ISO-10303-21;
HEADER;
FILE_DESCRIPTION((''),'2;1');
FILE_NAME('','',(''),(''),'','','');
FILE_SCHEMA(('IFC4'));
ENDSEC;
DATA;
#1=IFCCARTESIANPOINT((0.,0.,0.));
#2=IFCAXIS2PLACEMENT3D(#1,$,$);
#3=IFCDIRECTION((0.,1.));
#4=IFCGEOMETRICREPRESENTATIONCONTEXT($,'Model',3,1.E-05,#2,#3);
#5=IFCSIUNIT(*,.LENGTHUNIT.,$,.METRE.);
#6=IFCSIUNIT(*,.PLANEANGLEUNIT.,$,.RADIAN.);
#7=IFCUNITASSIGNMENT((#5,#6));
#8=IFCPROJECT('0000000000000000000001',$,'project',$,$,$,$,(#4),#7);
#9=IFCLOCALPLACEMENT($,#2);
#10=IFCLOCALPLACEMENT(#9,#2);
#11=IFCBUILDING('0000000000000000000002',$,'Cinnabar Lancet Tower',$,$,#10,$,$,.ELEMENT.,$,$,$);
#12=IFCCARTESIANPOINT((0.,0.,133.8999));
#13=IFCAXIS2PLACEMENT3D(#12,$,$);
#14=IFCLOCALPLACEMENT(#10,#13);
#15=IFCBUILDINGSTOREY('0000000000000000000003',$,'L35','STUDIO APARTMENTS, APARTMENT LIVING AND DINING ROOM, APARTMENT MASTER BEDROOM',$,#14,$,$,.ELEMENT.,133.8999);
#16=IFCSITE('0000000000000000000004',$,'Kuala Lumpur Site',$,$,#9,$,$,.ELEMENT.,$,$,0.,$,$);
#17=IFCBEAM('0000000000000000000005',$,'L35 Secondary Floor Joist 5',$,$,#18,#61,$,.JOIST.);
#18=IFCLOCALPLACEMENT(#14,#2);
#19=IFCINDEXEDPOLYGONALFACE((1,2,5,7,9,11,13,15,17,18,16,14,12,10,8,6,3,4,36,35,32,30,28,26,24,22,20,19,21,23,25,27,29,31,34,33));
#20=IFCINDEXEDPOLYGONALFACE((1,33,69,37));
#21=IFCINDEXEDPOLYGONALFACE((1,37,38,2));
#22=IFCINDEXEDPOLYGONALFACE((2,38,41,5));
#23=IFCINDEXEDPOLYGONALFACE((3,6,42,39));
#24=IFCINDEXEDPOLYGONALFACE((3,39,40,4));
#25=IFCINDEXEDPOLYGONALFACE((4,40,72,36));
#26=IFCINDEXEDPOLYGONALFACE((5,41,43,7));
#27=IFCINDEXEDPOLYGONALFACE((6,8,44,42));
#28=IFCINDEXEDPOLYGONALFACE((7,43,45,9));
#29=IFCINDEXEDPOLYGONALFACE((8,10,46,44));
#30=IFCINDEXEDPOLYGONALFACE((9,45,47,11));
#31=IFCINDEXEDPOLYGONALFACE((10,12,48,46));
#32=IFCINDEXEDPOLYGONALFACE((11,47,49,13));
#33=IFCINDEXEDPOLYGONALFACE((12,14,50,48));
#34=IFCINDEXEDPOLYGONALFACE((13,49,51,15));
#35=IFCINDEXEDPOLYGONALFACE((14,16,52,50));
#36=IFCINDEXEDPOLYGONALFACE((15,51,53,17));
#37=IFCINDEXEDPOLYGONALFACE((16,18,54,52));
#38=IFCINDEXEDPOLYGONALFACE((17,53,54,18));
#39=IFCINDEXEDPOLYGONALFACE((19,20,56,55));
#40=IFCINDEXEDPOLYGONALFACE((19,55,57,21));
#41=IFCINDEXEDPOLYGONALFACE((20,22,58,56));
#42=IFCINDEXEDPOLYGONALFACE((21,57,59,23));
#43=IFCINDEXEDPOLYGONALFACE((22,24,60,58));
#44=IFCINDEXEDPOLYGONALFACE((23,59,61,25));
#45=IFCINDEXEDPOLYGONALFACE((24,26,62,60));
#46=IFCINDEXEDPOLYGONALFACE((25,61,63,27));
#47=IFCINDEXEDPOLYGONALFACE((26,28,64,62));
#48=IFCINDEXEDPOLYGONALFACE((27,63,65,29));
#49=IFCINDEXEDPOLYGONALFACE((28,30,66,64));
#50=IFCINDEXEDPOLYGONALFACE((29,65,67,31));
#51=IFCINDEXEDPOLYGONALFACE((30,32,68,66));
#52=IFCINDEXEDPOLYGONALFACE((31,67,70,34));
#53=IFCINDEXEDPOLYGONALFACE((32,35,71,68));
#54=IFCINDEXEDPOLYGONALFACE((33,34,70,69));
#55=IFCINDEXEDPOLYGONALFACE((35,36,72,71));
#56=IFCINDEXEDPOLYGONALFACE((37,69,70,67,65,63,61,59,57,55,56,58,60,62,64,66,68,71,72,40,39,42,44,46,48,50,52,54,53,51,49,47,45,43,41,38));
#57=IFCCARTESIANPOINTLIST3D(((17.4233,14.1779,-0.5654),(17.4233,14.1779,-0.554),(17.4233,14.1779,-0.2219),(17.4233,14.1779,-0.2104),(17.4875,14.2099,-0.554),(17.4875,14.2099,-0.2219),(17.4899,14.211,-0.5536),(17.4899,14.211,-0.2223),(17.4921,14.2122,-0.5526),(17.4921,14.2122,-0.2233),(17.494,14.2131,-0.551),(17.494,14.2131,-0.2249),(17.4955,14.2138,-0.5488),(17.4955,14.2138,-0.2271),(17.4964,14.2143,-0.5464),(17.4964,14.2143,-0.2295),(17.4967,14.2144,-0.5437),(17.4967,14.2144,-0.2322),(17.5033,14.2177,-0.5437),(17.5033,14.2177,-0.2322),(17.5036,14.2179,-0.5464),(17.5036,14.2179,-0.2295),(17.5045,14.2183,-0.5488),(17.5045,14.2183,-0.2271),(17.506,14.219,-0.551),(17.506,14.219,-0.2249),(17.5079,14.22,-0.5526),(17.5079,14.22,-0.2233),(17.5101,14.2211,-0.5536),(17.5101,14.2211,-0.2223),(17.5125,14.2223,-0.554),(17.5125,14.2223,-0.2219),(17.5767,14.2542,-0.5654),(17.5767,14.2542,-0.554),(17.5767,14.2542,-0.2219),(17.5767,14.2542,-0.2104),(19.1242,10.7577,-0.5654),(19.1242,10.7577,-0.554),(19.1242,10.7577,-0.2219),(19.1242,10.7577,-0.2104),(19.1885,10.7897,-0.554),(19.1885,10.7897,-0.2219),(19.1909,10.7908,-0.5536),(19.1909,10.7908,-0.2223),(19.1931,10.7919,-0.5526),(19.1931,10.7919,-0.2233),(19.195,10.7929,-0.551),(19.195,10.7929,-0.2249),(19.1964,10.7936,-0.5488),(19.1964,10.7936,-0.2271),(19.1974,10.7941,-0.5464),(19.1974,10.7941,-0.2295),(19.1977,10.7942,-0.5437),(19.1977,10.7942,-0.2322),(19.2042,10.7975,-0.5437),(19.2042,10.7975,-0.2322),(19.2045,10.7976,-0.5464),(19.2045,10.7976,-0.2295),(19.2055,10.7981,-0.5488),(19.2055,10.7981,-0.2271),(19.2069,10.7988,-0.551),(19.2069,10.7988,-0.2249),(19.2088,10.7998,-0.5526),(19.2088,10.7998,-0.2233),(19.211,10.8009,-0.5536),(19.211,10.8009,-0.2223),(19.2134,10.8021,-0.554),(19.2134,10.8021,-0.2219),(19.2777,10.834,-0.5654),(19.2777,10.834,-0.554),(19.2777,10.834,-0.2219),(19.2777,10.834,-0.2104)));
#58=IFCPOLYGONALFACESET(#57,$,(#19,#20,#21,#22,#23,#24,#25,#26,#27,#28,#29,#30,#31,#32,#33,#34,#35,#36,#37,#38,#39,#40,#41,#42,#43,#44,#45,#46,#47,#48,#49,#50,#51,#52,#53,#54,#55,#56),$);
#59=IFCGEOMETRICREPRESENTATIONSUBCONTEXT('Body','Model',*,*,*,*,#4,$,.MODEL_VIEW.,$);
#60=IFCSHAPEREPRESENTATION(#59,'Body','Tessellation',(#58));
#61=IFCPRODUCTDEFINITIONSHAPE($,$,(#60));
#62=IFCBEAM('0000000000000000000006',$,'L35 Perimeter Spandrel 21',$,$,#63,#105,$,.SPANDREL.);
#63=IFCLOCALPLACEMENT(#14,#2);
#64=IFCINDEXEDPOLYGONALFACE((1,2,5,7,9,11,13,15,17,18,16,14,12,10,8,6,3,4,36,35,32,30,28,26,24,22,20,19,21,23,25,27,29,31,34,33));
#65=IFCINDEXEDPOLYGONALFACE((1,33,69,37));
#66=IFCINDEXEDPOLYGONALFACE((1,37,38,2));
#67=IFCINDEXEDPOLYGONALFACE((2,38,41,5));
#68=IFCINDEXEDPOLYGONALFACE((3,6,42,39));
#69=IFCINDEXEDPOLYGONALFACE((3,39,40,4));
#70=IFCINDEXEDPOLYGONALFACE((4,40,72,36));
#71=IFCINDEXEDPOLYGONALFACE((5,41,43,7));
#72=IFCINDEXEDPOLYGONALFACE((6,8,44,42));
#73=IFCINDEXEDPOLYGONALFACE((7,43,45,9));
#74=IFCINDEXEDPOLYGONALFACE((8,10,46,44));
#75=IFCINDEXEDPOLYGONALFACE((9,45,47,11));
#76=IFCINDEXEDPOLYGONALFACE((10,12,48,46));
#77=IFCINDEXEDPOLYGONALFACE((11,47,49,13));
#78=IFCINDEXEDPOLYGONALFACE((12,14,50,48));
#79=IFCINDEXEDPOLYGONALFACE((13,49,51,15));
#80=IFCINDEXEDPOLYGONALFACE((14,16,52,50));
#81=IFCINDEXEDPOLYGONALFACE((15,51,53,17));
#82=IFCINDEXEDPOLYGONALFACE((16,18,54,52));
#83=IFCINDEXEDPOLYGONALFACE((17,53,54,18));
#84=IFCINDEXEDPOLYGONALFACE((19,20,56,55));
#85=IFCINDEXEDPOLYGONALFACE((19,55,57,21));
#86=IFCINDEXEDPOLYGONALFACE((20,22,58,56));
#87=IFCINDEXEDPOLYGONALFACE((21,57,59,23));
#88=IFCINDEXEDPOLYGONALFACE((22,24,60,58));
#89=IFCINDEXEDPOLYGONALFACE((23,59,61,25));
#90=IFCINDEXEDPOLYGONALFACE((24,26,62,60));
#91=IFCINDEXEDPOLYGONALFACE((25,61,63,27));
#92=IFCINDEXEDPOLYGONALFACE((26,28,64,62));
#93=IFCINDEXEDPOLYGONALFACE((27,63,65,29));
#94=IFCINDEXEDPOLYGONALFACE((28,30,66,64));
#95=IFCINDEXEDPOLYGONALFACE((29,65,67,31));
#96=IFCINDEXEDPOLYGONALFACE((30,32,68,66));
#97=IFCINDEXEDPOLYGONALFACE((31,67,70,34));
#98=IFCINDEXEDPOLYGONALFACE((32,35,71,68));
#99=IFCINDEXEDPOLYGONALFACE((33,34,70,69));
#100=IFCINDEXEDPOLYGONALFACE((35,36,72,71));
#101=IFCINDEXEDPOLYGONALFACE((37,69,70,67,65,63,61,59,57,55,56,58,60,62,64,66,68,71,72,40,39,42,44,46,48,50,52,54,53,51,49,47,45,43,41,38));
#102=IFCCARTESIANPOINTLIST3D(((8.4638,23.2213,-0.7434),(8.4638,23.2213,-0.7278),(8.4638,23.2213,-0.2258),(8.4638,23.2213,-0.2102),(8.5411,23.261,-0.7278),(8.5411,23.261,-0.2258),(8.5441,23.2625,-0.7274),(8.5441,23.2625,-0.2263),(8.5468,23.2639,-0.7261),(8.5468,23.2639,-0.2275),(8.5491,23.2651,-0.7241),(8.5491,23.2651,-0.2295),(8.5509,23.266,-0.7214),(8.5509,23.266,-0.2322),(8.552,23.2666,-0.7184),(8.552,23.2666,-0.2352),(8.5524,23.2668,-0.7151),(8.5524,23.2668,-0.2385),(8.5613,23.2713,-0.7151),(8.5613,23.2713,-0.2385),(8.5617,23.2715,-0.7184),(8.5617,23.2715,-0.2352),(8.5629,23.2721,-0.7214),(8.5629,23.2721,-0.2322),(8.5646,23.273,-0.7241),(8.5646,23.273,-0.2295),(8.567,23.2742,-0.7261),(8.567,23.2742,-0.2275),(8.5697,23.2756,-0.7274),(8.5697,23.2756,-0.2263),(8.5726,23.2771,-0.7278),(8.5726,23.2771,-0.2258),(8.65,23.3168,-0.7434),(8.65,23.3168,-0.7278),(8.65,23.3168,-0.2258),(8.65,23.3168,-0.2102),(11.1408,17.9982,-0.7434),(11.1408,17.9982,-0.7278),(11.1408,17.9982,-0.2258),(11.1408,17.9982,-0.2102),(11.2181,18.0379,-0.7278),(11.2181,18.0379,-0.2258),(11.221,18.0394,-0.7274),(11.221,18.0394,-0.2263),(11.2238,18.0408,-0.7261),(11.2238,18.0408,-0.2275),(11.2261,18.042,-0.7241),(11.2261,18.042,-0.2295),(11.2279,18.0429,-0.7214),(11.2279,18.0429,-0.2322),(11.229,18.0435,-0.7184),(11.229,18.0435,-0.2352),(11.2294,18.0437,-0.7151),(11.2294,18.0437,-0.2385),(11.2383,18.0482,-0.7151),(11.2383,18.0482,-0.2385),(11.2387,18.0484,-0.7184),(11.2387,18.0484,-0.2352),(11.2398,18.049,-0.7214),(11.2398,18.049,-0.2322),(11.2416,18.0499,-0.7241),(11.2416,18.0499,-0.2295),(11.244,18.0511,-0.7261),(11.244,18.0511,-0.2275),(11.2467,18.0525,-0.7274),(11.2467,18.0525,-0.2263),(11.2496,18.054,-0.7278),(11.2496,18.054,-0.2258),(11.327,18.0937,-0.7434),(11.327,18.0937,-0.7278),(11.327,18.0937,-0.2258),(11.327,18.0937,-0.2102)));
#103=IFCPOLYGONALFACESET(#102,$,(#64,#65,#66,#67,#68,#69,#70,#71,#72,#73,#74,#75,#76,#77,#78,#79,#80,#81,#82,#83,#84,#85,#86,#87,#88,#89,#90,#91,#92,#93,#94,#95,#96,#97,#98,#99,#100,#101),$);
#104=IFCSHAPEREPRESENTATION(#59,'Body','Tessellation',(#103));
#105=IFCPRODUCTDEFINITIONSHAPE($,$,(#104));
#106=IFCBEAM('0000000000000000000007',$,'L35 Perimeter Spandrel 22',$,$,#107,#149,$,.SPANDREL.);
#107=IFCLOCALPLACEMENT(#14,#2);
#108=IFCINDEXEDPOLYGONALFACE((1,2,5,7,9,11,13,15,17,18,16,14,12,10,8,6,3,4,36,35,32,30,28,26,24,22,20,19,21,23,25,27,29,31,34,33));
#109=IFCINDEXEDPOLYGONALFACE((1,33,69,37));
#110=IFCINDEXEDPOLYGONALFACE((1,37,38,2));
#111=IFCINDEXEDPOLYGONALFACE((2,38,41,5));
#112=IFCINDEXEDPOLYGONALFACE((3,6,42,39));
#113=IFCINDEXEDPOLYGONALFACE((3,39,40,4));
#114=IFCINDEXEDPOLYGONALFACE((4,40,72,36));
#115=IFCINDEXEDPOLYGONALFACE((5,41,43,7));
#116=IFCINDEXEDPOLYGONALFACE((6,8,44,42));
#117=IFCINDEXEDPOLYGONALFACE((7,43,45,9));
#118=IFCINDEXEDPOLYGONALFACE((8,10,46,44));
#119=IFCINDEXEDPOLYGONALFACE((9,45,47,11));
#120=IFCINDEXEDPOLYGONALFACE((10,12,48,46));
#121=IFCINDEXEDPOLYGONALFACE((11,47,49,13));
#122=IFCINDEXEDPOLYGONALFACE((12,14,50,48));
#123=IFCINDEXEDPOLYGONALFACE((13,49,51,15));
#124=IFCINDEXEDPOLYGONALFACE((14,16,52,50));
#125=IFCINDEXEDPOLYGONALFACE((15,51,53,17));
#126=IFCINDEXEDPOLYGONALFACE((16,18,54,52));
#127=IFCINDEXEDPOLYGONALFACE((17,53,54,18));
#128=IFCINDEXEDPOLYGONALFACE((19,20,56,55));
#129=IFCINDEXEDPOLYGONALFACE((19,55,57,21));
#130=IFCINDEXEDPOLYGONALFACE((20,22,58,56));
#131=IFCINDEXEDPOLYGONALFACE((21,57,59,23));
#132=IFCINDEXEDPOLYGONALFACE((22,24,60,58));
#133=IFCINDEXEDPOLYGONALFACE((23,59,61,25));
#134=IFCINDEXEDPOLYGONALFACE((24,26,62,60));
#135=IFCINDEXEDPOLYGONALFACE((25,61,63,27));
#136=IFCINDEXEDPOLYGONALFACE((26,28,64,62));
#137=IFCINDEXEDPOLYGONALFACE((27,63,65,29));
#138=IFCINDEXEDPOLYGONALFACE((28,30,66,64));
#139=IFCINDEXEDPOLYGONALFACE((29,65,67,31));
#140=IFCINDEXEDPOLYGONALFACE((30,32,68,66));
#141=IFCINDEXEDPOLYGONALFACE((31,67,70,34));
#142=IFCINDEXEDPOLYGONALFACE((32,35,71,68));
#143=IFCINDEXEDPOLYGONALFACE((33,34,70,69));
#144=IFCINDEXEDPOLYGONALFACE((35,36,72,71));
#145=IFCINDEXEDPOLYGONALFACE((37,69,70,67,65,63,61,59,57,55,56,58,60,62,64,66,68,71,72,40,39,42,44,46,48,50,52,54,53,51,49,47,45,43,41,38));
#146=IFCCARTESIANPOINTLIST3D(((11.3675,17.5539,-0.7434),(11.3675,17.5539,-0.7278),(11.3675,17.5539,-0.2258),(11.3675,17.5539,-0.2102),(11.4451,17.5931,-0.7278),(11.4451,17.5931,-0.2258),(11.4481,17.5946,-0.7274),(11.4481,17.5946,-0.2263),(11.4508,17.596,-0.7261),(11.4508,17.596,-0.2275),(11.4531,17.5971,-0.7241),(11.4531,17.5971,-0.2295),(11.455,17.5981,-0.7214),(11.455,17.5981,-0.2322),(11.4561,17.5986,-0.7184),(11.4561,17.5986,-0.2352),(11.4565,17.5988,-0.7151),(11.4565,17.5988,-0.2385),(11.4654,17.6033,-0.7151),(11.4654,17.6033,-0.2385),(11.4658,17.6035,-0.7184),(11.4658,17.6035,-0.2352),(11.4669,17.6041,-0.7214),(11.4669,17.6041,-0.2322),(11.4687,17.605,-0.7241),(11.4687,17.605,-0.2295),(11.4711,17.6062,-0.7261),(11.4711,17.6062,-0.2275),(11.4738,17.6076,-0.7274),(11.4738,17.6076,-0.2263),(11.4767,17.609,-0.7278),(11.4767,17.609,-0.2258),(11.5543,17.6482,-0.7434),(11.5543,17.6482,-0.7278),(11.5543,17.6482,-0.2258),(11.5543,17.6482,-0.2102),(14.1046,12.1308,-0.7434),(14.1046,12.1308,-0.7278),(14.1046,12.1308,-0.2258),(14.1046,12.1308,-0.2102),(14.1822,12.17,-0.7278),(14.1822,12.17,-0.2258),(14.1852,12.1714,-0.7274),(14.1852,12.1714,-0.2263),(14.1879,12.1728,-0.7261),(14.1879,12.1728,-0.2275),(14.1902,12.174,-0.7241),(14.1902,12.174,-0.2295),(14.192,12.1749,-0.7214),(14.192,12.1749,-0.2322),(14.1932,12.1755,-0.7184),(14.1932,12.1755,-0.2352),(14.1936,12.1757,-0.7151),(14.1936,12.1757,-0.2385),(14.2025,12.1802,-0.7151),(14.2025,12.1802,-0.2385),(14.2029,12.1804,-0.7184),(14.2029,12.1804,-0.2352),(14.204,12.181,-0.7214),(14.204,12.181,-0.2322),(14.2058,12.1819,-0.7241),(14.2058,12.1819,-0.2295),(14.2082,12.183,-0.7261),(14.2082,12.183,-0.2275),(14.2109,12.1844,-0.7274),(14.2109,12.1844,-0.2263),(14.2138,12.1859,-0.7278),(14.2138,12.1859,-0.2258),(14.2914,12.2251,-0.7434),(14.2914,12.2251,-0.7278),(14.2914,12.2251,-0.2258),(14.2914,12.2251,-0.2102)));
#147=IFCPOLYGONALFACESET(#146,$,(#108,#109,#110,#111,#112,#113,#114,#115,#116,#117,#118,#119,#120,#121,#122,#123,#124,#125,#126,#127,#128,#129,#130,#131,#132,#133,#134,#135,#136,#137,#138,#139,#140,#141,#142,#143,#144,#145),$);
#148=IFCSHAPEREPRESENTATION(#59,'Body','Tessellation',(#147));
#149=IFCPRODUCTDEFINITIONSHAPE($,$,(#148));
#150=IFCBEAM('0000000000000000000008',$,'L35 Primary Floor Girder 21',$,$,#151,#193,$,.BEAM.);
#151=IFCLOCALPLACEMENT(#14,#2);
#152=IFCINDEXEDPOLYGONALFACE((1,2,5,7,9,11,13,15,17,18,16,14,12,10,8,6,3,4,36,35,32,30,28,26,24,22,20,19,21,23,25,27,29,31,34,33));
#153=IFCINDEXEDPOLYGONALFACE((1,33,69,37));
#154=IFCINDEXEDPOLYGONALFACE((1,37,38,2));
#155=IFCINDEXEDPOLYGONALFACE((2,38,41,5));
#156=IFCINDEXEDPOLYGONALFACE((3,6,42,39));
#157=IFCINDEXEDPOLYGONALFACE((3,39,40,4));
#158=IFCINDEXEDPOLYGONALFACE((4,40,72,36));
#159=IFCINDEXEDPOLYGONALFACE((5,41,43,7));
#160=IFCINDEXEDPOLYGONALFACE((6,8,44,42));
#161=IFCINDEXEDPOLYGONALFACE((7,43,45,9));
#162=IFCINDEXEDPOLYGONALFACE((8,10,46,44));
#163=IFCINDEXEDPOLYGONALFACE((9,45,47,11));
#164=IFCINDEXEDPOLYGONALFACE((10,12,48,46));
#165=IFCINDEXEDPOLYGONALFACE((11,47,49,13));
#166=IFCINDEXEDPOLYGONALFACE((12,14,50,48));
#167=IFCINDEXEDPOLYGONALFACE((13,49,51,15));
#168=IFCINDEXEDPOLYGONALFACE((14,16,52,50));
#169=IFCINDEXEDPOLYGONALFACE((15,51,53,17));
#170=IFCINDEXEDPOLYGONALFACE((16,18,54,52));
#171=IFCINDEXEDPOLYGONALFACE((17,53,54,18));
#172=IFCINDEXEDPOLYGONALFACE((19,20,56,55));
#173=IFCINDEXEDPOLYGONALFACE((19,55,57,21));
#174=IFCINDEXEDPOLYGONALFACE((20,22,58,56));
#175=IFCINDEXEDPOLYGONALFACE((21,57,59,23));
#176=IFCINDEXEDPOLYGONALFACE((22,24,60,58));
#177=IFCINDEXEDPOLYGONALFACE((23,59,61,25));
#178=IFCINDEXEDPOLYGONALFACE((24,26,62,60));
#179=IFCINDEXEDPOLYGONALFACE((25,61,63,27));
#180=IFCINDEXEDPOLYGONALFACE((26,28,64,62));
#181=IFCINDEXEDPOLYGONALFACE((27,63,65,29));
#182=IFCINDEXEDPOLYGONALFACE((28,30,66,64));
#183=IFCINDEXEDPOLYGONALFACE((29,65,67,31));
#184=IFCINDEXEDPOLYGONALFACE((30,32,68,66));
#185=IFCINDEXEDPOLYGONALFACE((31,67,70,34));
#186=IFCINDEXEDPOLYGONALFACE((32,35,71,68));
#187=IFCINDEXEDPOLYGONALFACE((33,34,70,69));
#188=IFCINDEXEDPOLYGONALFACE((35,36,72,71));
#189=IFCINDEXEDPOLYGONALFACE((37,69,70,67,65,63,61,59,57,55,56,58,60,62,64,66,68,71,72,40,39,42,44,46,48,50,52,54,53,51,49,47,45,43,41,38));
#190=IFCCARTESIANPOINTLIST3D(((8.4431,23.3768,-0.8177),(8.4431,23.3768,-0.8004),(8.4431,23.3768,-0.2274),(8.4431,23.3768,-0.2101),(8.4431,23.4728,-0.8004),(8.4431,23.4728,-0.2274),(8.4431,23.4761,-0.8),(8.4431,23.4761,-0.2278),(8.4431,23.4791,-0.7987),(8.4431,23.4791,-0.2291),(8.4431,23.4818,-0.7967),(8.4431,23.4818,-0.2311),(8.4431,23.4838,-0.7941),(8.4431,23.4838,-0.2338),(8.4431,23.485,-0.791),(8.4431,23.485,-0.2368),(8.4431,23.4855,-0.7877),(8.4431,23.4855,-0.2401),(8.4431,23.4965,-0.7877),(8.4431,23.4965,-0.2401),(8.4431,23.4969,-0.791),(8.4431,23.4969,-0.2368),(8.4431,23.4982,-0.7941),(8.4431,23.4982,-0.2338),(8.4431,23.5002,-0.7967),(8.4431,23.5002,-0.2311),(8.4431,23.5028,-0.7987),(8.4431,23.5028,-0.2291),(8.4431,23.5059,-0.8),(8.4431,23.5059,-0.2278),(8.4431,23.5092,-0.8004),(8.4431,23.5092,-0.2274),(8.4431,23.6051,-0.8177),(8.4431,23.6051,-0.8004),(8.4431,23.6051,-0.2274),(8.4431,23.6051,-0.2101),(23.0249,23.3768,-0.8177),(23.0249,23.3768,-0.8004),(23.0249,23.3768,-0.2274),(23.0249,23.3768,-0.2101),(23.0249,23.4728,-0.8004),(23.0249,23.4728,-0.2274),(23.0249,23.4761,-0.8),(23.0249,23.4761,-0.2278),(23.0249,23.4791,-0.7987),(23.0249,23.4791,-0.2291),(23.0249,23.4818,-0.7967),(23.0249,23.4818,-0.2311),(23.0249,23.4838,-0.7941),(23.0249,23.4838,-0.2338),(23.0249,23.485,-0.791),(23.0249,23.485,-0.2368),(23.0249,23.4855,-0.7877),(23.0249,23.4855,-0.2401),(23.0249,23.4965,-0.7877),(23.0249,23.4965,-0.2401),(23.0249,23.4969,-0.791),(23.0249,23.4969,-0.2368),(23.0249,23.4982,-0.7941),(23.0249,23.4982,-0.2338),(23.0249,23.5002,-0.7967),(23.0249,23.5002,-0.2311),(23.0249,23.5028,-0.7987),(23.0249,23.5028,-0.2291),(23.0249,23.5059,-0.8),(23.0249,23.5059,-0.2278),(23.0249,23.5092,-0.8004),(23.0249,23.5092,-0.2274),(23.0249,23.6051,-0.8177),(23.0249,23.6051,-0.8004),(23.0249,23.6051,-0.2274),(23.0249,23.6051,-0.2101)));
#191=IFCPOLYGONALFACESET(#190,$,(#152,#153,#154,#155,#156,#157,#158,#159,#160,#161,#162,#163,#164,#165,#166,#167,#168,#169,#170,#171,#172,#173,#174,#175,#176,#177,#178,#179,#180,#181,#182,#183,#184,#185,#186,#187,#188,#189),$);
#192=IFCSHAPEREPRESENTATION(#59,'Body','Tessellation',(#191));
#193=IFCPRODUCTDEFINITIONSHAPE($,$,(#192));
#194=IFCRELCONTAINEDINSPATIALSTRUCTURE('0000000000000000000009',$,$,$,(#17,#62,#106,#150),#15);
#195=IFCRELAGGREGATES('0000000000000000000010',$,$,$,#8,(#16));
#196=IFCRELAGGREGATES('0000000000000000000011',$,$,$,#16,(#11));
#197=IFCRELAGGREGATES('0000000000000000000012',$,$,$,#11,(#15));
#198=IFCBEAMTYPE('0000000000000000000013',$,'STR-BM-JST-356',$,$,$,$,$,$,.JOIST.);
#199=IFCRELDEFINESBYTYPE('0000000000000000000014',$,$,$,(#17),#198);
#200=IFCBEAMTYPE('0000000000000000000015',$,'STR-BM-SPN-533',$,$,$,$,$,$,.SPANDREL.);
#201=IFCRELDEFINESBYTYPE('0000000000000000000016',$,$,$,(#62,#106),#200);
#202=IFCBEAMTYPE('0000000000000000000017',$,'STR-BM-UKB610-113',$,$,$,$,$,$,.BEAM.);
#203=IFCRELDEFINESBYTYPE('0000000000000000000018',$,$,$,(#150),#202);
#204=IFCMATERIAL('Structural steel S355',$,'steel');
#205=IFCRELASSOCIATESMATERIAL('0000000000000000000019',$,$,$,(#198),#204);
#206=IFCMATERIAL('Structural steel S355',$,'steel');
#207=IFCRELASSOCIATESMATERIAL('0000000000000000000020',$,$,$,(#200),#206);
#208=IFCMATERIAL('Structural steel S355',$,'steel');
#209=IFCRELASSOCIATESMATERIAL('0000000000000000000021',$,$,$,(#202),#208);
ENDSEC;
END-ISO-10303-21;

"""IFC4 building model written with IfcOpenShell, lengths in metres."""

from ifc_helpers import new_model, si_unit, direction, frame, origin, origin_2d, place, context, subcontext, project, spatial, i_section, extrude, material, material_profile, profile_set, type_object, element, save


model = new_model("IFC4")

# Units and contexts
model_context = context("Model", 3, precision=1e-05, world=origin(), true_north=direction((0.0, 1.0)))
body_context = subcontext(model_context, "Body", "Model", "MODEL_VIEW")
ifc_project = project(units=[si_unit("LENGTHUNIT", "METRE"), si_unit("PLANEANGLEUNIT", "RADIAN")], contexts=[model_context])

# Site, building, storey
site_placement = place(None, origin())
site = spatial("IfcSite", under=ifc_project, at=site_placement, Name="Kuala Lumpur Site", CompositionType="ELEMENT", RefElevation=0.0)
building_placement = place(site_placement, origin())
building = spatial("IfcBuilding", under=site, at=building_placement, Name="Cinnabar Lancet Tower", CompositionType="ELEMENT")
storey_placement = place(building_placement, frame((0.0, 0.0, 133.8999)))
storey = spatial("IfcBuildingStorey", under=building, at=storey_placement, Name="L35", Description="STUDIO APARTMENTS, APARTMENT LIVING AND DINING ROOM, APARTMENT MASTER BEDROOM", CompositionType="ELEMENT", Elevation=133.8999)

# Beams
ifc_material_1 = material(Name="Structural steel S355", Category="steel")
ifc_material_profile_1 = material_profile(ifc_material_1, i_section(OverallWidth=0.1714, OverallDepth=0.355, WebThickness=0.0073, FlangeThickness=0.0115, FilletRadius=0.0103, at=origin_2d()), Name="UKB 356x171x51")
ifc_profile_set_1 = profile_set([ifc_material_profile_1], Name="Structural steel S355")
beam_type_1 = type_object("IfcBeamType", Name="STR-BM-JST-356", PredefinedType="JOIST", material=ifc_profile_set_1)
beam_1_placement = place(storey_placement, frame((17.5, 14.2161, -0.3879), z_axis=(0.445295, -0.895384, 0.0), x_axis=(0.895384, 0.445295, 0.0)))
element("IfcBeam", 1, at=beam_1_placement, inside=storey, type_object=beam_type_1, Name="L35 Secondary Floor Joist 5", PredefinedType="JOIST", context=body_context, shape_type="SweptSolid", body=[
    extrude(i_section(OverallWidth=0.1714, OverallDepth=0.355, WebThickness=0.0073, FlangeThickness=0.0115, FilletRadius=0.0103, at=origin_2d()), origin(), (0.0, 0.0, 1.0), 3.8198),
])
ifc_material_2 = material(Name="Structural steel S355", Category="steel")
ifc_material_profile_2 = material_profile(ifc_material_2, i_section(OverallWidth=0.2092, OverallDepth=0.5332, WebThickness=0.01, FlangeThickness=0.0156, FilletRadius=0.0127, at=origin_2d()), Name="UKB 533x210x92")
ifc_profile_set_2 = profile_set([ifc_material_profile_2], Name="Structural steel S355")
beam_type_2 = type_object("IfcBeamType", Name="STR-BM-SPN-533", PredefinedType="SPANDREL", material=ifc_profile_set_2)
beam_2_placement = place(storey_placement, frame((8.5569, 23.269, -0.4768), z_axis=(0.45611, -0.889924, 0.0), x_axis=(0.889924, 0.45611, 0.0)))
element("IfcBeam", 2, at=beam_2_placement, inside=storey, type_object=beam_type_2, Name="L35 Perimeter Spandrel 21", PredefinedType="SPANDREL", context=body_context, shape_type="SweptSolid", body=[
    extrude(i_section(OverallWidth=0.2092, OverallDepth=0.5332, WebThickness=0.01, FlangeThickness=0.0156, FilletRadius=0.0127, at=origin_2d()), origin(), (0.0, 0.0, 1.0), 5.8691),
])
beam_3_placement = place(storey_placement, frame((11.4609, 17.6011, -0.4768), z_axis=(0.45057, -0.892741, 0.0), x_axis=(0.892741, 0.45057, 0.0)))
element("IfcBeam", 3, at=beam_3_placement, inside=storey, type_object=beam_type_2, Name="L35 Perimeter Spandrel 22", PredefinedType="SPANDREL", context=body_context, shape_type="SweptSolid", body=[
    extrude(i_section(OverallWidth=0.2092, OverallDepth=0.5332, WebThickness=0.01, FlangeThickness=0.0156, FilletRadius=0.0127, at=origin_2d()), origin(), (0.0, 0.0, 1.0), 6.0747),
])
ifc_material_3 = material(Name="Structural steel S355", Category="steel")
ifc_material_profile_3 = material_profile(ifc_material_3, i_section(OverallWidth=0.2283, OverallDepth=0.6077, WebThickness=0.011, FlangeThickness=0.0173, FilletRadius=0.0127, at=origin_2d()), Name="UKB 610x229x113")
ifc_profile_set_3 = profile_set([ifc_material_profile_3], Name="Structural steel S355")
beam_type_3 = type_object("IfcBeamType", Name="STR-BM-UKB610-113", PredefinedType="BEAM", material=ifc_profile_set_3)
beam_4_placement = place(storey_placement, frame((8.4431, 23.491, -0.5139), z_axis=(1.0, 0.0, 0.0), x_axis=(0.0, 1.0, 0.0)))
element("IfcBeam", 4, at=beam_4_placement, inside=storey, type_object=beam_type_3, Name="L35 Primary Floor Girder 21", PredefinedType="BEAM", context=body_context, shape_type="SweptSolid", body=[
    extrude(i_section(OverallWidth=0.2283, OverallDepth=0.6077, WebThickness=0.011, FlangeThickness=0.0173, FilletRadius=0.0127, at=origin_2d()), origin(), (0.0, 0.0, 1.0), 14.5818),
])

save(model, "model.ifc")
